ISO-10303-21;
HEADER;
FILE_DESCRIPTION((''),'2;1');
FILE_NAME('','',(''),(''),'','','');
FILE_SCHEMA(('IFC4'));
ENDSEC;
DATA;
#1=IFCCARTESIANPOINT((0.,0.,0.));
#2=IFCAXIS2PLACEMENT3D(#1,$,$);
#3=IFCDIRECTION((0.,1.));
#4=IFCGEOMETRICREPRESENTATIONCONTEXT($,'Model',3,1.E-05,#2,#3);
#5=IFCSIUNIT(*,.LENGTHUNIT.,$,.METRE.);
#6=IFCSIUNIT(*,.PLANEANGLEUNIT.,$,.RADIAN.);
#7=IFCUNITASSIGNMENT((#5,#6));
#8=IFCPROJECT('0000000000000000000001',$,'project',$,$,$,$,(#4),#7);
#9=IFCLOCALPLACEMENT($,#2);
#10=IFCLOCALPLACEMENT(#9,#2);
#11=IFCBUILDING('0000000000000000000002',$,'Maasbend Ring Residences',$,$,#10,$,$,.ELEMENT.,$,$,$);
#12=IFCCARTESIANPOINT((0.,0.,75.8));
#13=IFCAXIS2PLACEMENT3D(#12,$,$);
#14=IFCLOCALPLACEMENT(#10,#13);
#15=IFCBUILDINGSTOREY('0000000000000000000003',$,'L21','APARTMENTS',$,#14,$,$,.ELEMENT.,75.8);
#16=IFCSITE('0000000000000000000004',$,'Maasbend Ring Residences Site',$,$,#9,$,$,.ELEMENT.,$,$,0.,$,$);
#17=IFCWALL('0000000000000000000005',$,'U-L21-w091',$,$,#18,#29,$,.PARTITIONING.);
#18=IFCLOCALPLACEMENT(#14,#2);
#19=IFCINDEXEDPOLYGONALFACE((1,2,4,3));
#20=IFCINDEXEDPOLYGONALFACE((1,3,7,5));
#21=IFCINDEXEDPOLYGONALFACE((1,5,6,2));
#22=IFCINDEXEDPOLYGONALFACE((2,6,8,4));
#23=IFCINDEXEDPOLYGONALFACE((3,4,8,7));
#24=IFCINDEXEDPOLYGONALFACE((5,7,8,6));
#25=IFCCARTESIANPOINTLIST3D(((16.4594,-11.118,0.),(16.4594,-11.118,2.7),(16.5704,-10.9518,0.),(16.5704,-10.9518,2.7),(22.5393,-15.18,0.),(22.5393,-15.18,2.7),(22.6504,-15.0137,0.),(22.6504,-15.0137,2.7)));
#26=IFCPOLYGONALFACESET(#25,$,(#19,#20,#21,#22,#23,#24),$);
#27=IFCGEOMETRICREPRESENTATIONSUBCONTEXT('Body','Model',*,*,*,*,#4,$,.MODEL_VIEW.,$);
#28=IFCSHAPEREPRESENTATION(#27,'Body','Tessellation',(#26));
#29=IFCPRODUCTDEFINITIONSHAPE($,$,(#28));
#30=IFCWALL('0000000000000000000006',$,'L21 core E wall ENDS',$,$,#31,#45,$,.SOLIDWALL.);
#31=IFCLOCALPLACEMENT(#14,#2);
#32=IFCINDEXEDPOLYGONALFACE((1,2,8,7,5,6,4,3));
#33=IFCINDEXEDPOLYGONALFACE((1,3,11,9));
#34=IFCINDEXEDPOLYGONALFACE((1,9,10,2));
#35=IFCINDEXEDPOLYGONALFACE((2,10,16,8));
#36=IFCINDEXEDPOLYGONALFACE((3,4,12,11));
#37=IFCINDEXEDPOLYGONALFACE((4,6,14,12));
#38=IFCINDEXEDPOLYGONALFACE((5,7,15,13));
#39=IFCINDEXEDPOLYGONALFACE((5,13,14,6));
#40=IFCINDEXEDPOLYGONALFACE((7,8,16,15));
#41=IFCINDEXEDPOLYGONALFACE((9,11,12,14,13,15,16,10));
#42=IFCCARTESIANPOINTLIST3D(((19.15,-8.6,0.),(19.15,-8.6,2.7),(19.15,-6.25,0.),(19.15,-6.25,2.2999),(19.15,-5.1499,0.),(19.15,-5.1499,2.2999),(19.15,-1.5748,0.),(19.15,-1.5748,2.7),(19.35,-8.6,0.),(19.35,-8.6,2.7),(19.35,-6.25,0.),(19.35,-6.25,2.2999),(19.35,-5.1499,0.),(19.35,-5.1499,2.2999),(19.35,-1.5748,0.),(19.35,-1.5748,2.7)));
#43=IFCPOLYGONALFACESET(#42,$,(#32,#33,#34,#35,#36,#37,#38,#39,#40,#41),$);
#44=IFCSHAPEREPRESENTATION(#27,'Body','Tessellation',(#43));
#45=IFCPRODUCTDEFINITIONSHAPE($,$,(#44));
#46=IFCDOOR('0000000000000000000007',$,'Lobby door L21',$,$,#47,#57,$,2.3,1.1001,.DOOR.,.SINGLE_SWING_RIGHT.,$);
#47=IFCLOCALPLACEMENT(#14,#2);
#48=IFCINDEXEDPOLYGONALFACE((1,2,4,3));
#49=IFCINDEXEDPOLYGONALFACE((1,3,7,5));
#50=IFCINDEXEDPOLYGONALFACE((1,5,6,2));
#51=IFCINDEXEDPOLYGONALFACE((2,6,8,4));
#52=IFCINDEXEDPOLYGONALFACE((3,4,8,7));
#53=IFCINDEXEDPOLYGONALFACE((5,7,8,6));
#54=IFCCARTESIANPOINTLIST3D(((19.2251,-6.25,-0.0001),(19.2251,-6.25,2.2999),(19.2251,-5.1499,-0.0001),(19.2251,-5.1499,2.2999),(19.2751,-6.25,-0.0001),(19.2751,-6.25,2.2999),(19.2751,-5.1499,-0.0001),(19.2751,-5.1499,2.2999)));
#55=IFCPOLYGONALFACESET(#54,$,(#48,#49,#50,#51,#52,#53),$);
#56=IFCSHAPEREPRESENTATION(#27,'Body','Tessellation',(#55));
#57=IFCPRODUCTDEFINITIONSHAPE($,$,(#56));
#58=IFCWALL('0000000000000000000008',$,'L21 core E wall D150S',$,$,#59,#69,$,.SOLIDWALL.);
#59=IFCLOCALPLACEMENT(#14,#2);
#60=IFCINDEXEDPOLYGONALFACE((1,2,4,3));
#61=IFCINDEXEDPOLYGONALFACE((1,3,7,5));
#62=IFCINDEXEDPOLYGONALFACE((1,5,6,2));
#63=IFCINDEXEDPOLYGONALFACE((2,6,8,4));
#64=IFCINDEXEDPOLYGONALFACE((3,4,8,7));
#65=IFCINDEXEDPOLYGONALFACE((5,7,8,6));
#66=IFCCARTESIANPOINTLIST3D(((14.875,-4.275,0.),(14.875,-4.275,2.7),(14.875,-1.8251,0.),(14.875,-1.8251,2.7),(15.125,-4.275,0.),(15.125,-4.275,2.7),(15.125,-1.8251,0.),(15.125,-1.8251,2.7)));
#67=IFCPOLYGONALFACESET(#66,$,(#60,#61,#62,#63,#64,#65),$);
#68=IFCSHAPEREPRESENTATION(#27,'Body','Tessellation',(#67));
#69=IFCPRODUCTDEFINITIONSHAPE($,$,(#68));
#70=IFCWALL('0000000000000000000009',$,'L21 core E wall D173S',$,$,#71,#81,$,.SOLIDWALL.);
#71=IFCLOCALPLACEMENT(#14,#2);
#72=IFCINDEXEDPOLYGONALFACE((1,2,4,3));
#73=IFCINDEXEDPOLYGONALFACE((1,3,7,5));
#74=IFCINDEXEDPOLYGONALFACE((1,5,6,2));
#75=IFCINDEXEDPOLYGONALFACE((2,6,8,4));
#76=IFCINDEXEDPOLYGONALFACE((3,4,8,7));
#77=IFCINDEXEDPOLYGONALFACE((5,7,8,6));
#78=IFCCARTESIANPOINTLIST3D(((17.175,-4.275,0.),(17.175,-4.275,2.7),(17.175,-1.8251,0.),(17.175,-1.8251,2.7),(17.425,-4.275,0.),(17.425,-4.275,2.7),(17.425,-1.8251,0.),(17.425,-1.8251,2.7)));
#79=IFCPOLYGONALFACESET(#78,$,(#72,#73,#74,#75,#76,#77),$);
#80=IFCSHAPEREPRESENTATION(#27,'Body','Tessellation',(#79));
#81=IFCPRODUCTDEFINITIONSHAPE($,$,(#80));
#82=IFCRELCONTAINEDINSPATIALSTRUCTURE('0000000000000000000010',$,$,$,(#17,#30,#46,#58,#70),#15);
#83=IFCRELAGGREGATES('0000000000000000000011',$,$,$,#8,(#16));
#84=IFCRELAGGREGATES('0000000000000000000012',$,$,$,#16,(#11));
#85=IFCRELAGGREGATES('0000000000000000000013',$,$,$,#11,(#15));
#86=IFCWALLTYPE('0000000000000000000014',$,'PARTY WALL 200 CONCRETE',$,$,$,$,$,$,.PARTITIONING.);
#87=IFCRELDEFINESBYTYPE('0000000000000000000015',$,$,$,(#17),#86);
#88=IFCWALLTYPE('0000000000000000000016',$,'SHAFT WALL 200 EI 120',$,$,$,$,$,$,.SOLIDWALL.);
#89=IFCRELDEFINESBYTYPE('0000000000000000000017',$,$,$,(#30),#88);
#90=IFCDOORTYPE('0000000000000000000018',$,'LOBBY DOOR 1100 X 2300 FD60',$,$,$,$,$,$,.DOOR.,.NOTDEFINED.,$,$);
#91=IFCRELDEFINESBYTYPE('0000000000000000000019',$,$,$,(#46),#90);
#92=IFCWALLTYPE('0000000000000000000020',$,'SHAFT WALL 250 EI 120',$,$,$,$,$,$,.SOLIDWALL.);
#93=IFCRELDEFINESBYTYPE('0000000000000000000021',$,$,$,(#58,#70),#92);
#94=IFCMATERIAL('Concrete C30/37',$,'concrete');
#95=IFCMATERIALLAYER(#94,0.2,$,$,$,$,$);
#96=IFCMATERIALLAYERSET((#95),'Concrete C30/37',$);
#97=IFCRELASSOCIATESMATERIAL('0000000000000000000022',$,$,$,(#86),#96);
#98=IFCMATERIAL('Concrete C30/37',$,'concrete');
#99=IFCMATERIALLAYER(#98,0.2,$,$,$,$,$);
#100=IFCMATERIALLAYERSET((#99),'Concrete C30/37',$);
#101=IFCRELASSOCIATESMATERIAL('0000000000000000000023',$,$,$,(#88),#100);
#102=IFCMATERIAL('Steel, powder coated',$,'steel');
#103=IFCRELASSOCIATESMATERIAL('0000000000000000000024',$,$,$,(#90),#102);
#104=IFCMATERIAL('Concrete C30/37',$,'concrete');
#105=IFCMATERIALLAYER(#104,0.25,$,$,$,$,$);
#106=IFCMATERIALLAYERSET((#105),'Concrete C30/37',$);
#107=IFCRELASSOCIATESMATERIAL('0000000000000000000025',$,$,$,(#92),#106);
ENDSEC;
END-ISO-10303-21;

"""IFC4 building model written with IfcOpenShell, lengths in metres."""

from ifc_helpers import new_model, si_unit, direction, frame, frame_2d, origin, place, context, subcontext, project, spatial, rectangle, extrude, material, layer, layer_set, type_object, element, fill, save


model = new_model("IFC4")

# Units and contexts
model_context = context("Model", 3, precision=1e-05, world=origin(), true_north=direction((0.0, 1.0)))
body_context = subcontext(model_context, "Body", "Model", "MODEL_VIEW")
ifc_project = project(units=[si_unit("LENGTHUNIT", "METRE"), si_unit("PLANEANGLEUNIT", "RADIAN")], contexts=[model_context])

# Site, building, storey
site_placement = place(None, origin())
site = spatial("IfcSite", under=ifc_project, at=site_placement, Name="Maasbend Ring Residences Site", CompositionType="ELEMENT", RefElevation=0.0)
building_placement = place(site_placement, origin())
building = spatial("IfcBuilding", under=site, at=building_placement, Name="Maasbend Ring Residences", CompositionType="ELEMENT")
storey_placement = place(building_placement, frame((0.0, 0.0, 75.8)))
storey = spatial("IfcBuildingStorey", under=building, at=storey_placement, Name="L21", Description="APARTMENTS", CompositionType="ELEMENT", Elevation=75.8)

# Wall
ifc_material_1 = material(Name="Concrete C30/37", Category="concrete")
ifc_layer_1 = layer(ifc_material_1, 0.2)
ifc_layer_set_1 = layer_set([ifc_layer_1], Name="Concrete C30/37")
wall_type_1 = type_object("IfcWallType", Name="PARTY WALL 200 CONCRETE", PredefinedType="PARTITIONING", material=ifc_layer_set_1)
wall_1_placement = place(storey_placement, frame((16.5149, -11.0349, 0.0), z_axis=(0.0, 0.0, 1.0), x_axis=(0.831505, -0.555517, 0.0)))
element("IfcWall", 1, at=wall_1_placement, inside=storey, type_object=wall_type_1, Name="U-L21-w091", PredefinedType="PARTITIONING", context=body_context, shape_type="SweptSolid", body=[
    extrude(rectangle(XDim=7.312, YDim=0.2, at=frame_2d((3.656, 0.0))), origin(), (0.0, 0.0, 1.0), 2.7),
])

# Wall, opening, door
ifc_material_2 = material(Name="Concrete C30/37", Category="concrete")
ifc_layer_2 = layer(ifc_material_2, 0.2)
ifc_layer_set_2 = layer_set([ifc_layer_2], Name="Concrete C30/37")
wall_type_2 = type_object("IfcWallType", Name="SHAFT WALL 200 EI 120", PredefinedType="SOLIDWALL", material=ifc_layer_set_2)
wall_2_placement = place(storey_placement, frame((19.25, -8.6001, 0.0), z_axis=(0.0, 0.0, 1.0), x_axis=(0.0, 1.0, 0.0)))
wall_2 = element("IfcWall", 2, at=wall_2_placement, inside=storey, type_object=wall_type_2, Name="L21 core E wall ENDS", PredefinedType="SOLIDWALL", context=body_context, shape_type="SweptSolid", body=[
    extrude(rectangle(XDim=7.0251, YDim=0.2, at=frame_2d((3.5127, 0.0))), origin(), (0.0, 0.0, 1.0), 2.7),
])
opening_1_placement = place(wall_2_placement, frame((2.3501, 0.0, 0.0)))
opening_1 = element("IfcOpeningElement", 3, at=opening_1_placement, cuts=wall_2, PredefinedType="OPENING", context=body_context, shape_type="SweptSolid", body=[
    extrude(rectangle(XDim=1.1001, YDim=2.3, at=frame_2d((0.55, 1.1499))), frame((0.0, 0.1099, 0.0), z_axis=(0.0, -1.0, 0.0), x_axis=(1.0, 0.0, 0.0)), (0.0, 0.0, 1.0), 0.22),
])
ifc_material_3 = material(Name="Steel, powder coated", Category="steel")
door_type_1 = type_object("IfcDoorType", Name="LOBBY DOOR 1100 X 2300 FD60", OperationType="NOTDEFINED", PredefinedType="DOOR", material=ifc_material_3)
door_1_placement = place(opening_1_placement, origin())
door_1 = element("IfcDoor", 4, at=door_1_placement, inside=storey, type_object=door_type_1, Name="Lobby door L21", OperationType="SINGLE_SWING_RIGHT", OverallHeight=2.3, OverallWidth=1.1001, PredefinedType="DOOR", context=body_context, shape_type="SweptSolid", body=[
    extrude(rectangle(XDim=1.1001, YDim=2.3, at=frame_2d((0.55, 1.1499))), frame((0.0, 0.0249, 0.0), z_axis=(0.0, -1.0, 0.0), x_axis=(1.0, 0.0, 0.0)), (0.0, 0.0, 1.0), 0.05),
])
fill(opening_1, door_1)

# Walls
ifc_material_4 = material(Name="Concrete C30/37", Category="concrete")
ifc_layer_3 = layer(ifc_material_4, 0.25)
ifc_layer_set_3 = layer_set([ifc_layer_3], Name="Concrete C30/37")
wall_type_3 = type_object("IfcWallType", Name="SHAFT WALL 250 EI 120", PredefinedType="SOLIDWALL", material=ifc_layer_set_3)
for number, where, z_axis, x_axis, name in (
    (5, (15.0, -1.825, 0.0), (0.0, 0.0, 1.0), (0.0, -1.0, 0.0), "L21 core E wall D150S"),
    (6, (17.3, -1.825, 0.0), (0.0, 0.0, 1.0), (0.0, -1.0, 0.0), "L21 core E wall D173S"),
):
    element("IfcWall", number, at=place(storey_placement, frame(where, z_axis=z_axis, x_axis=x_axis)), inside=storey, type_object=wall_type_3, Name=name, PredefinedType="SOLIDWALL", context=body_context, shape_type="SweptSolid", body=[
        extrude(rectangle(XDim=2.45, YDim=0.25, at=frame_2d((1.2251, 0.0))), origin(), (0.0, 0.0, 1.0), 2.7),
    ])

save(model, "model.ifc")
